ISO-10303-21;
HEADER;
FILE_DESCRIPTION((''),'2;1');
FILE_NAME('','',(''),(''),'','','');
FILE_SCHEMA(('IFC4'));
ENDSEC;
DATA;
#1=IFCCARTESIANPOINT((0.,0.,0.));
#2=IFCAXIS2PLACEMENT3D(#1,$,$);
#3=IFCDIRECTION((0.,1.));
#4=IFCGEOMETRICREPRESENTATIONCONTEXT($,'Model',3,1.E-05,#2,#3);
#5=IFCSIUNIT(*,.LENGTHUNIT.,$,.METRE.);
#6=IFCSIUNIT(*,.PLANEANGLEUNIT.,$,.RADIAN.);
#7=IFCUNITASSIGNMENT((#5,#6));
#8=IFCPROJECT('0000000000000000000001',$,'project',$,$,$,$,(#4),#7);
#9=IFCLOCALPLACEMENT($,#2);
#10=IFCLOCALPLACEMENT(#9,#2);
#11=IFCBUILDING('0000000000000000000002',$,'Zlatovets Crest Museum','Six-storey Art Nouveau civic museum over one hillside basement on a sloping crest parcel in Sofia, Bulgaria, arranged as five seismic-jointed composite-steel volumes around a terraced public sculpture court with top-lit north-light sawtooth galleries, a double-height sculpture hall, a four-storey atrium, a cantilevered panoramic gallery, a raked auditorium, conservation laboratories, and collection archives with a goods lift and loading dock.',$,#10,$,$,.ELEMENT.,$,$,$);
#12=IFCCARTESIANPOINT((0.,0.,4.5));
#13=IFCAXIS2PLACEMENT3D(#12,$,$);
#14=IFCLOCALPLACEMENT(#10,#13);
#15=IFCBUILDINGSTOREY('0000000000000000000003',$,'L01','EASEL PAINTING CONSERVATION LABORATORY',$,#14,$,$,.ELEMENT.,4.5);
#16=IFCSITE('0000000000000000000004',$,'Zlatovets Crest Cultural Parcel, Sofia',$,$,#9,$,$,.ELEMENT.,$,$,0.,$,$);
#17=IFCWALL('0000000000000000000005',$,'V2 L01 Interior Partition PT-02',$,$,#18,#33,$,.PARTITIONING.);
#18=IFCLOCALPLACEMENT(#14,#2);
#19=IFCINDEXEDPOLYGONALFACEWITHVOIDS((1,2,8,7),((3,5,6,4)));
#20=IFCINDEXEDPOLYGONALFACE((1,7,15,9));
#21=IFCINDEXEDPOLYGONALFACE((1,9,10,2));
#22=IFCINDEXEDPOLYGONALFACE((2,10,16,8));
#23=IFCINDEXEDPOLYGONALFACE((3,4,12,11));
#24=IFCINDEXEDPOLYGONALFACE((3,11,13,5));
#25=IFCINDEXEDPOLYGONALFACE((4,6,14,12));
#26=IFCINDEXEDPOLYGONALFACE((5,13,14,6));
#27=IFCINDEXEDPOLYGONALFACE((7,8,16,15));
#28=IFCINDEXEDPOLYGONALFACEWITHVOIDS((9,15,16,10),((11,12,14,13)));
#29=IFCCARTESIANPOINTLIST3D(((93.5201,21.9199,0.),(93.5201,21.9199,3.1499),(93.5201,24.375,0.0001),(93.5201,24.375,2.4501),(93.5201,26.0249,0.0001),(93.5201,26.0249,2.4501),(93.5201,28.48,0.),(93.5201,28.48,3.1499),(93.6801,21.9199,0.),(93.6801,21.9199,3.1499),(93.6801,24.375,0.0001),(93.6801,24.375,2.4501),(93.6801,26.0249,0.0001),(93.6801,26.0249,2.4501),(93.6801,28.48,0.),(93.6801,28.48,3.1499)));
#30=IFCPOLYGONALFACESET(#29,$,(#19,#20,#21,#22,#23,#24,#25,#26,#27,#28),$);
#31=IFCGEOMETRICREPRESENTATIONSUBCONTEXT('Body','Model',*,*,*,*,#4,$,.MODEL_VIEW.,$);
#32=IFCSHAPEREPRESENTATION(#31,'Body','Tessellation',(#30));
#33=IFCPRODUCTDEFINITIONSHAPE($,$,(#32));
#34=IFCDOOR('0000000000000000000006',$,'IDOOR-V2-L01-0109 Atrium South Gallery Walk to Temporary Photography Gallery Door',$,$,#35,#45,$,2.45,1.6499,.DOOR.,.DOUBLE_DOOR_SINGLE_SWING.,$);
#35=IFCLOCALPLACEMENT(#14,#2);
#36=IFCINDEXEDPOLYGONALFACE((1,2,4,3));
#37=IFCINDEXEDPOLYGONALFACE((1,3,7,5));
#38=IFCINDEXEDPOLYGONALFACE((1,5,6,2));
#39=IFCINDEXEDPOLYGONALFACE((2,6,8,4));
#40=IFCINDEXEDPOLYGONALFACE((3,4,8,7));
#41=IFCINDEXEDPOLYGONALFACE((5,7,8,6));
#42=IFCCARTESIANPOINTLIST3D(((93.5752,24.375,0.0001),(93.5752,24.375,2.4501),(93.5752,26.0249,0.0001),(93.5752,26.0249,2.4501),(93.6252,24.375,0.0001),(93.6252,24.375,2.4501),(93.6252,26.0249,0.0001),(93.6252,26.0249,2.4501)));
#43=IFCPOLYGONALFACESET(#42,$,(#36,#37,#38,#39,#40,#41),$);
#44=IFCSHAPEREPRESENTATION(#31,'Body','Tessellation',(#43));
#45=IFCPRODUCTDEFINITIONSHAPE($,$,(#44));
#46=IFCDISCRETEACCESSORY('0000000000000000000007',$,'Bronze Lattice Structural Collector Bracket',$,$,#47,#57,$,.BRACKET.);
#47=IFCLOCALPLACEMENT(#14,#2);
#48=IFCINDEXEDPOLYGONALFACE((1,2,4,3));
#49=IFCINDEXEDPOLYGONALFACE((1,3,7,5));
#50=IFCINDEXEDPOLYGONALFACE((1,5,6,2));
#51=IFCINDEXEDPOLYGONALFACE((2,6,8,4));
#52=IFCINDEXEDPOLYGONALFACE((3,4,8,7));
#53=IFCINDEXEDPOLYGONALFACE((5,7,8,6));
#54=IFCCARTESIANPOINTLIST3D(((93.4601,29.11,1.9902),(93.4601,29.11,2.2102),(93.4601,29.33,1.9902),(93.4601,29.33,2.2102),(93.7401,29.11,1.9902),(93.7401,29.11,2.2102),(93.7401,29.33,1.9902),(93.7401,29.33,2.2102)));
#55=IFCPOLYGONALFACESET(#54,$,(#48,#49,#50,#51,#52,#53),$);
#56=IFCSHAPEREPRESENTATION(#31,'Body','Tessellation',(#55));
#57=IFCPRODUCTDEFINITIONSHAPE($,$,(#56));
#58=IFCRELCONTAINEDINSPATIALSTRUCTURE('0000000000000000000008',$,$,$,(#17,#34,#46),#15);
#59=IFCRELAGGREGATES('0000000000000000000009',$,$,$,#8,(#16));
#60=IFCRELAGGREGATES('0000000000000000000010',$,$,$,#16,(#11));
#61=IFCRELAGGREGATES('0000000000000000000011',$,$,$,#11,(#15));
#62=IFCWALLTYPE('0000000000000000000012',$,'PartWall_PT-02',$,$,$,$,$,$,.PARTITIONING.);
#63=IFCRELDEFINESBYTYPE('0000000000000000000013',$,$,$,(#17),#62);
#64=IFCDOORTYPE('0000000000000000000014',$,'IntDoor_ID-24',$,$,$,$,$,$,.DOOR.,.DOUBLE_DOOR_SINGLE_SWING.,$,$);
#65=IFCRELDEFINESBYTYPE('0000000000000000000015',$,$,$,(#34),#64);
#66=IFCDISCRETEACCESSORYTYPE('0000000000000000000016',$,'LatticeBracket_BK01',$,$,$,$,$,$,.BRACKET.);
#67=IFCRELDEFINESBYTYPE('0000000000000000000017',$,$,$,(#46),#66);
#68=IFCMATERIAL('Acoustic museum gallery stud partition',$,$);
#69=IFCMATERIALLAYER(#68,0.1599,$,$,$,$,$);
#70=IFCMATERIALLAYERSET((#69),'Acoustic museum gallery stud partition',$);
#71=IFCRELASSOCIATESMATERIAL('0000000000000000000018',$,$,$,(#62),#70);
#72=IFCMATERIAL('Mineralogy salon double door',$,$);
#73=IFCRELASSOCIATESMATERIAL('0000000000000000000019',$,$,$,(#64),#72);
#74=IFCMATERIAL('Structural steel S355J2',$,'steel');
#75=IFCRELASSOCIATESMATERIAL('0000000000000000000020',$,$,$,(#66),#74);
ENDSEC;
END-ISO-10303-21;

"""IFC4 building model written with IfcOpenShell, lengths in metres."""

from ifc_helpers import new_model, si_unit, direction, frame, frame_2d, origin, origin_2d, place, context, subcontext, project, spatial, rectangle, extrude, material, layer, layer_set, type_object, element, fill, save


model = new_model("IFC4")

# Units and contexts
model_context = context("Model", 3, precision=1e-05, world=origin(), true_north=direction((0.0, 1.0)))
body_context = subcontext(model_context, "Body", "Model", "MODEL_VIEW")
ifc_project = project(units=[si_unit("LENGTHUNIT", "METRE"), si_unit("PLANEANGLEUNIT", "RADIAN")], contexts=[model_context])

# Site, building, storey
site_placement = place(None, origin())
site = spatial("IfcSite", under=ifc_project, at=site_placement, Name="Zlatovets Crest Cultural Parcel, Sofia", CompositionType="ELEMENT", RefElevation=0.0)
building_placement = place(site_placement, origin())
building = spatial("IfcBuilding", under=site, at=building_placement, Name="Zlatovets Crest Museum", Description="Six-storey Art Nouveau civic museum over one hillside basement on a sloping crest parcel in Sofia, Bulgaria, arranged as five seismic-jointed composite-steel volumes around a terraced public sculpture court with top-lit north-light sawtooth galleries, a double-height sculpture hall, a four-storey atrium, a cantilevered panoramic gallery, a raked auditorium, conservation laboratories, and collection archives with a goods lift and loading dock.", CompositionType="ELEMENT")
storey_placement = place(building_placement, frame((0.0, 0.0, 4.5)))
storey = spatial("IfcBuildingStorey", under=building, at=storey_placement, Name="L01", Description="EASEL PAINTING CONSERVATION LABORATORY", CompositionType="ELEMENT", Elevation=4.5)

# Shared definitions
ifc_material_1 = material(Name="Structural steel S355J2", Category="steel")

# Wall, opening, door
ifc_material_2 = material(Name="Acoustic museum gallery stud partition")
ifc_layer_1 = layer(ifc_material_2, 0.1599)
ifc_layer_set_1 = layer_set([ifc_layer_1], Name="Acoustic museum gallery stud partition")
wall_type = type_object("IfcWallType", Name="PartWall_PT-02", PredefinedType="PARTITIONING", material=ifc_layer_set_1)
wall_placement = place(storey_placement, frame((93.6001, 21.9199, 0.0), z_axis=(0.0, 0.0, 1.0), x_axis=(0.0, 1.0, 0.0)))
wall = element("IfcWall", 1, at=wall_placement, inside=storey, type_object=wall_type, Name="V2 L01 Interior Partition PT-02", PredefinedType="PARTITIONING", context=body_context, shape_type="SweptSolid", body=[
    extrude(rectangle(XDim=6.5601, YDim=0.1599, at=frame_2d((3.28, 0.0))), origin(), (0.0, 0.0, 1.0), 3.1499),
])
opening_placement = place(wall_placement, frame((2.4551, 0.0, 0.0)))
opening = element("IfcOpeningElement", 2, at=opening_placement, cuts=wall, PredefinedType="OPENING", context=body_context, shape_type="SweptSolid", body=[
    extrude(rectangle(XDim=1.6499, YDim=2.45, at=frame_2d((0.825, 1.2251))), frame((0.0, 0.0898, 0.0), z_axis=(0.0, -1.0, 0.0), x_axis=(1.0, 0.0, 0.0)), (0.0, 0.0, 1.0), 0.1799),
])
ifc_material_3 = material(Name="Mineralogy salon double door")
door_type = type_object("IfcDoorType", Name="IntDoor_ID-24", OperationType="DOUBLE_DOOR_SINGLE_SWING", PredefinedType="DOOR", material=ifc_material_3)
door_placement = place(opening_placement, origin())
door = element("IfcDoor", 3, at=door_placement, inside=storey, type_object=door_type, Name="IDOOR-V2-L01-0109 Atrium South Gallery Walk to Temporary Photography Gallery Door", OperationType="DOUBLE_DOOR_SINGLE_SWING", OverallHeight=2.45, OverallWidth=1.6499, PredefinedType="DOOR", context=body_context, shape_type="SweptSolid", body=[
    extrude(rectangle(XDim=1.6499, YDim=2.45, at=frame_2d((0.825, 1.2251))), frame((0.0, 0.0249, 0.0), z_axis=(0.0, -1.0, 0.0), x_axis=(1.0, 0.0, 0.0)), (0.0, 0.0, 1.0), 0.05),
])
fill(opening, door)

# Discrete accessory
discrete_accessory_type = type_object("IfcDiscreteAccessoryType", Name="LatticeBracket_BK01", PredefinedType="BRACKET", material=ifc_material_1)
discrete_accessory_placement = place(storey_placement, frame((93.6001, 29.22, 1.9902), z_axis=(0.0, 0.0, 1.0), x_axis=(1.0, 0.0, 0.0)))
element("IfcDiscreteAccessory", 4, at=discrete_accessory_placement, inside=storey, type_object=discrete_accessory_type, Name="Bronze Lattice Structural Collector Bracket", PredefinedType="BRACKET", context=body_context, shape_type="SweptSolid", body=[
    extrude(rectangle(XDim=0.28, YDim=0.22, at=origin_2d()), origin(), (0.0, 0.0, 1.0), 0.22),
])

save(model, "model.ifc")
